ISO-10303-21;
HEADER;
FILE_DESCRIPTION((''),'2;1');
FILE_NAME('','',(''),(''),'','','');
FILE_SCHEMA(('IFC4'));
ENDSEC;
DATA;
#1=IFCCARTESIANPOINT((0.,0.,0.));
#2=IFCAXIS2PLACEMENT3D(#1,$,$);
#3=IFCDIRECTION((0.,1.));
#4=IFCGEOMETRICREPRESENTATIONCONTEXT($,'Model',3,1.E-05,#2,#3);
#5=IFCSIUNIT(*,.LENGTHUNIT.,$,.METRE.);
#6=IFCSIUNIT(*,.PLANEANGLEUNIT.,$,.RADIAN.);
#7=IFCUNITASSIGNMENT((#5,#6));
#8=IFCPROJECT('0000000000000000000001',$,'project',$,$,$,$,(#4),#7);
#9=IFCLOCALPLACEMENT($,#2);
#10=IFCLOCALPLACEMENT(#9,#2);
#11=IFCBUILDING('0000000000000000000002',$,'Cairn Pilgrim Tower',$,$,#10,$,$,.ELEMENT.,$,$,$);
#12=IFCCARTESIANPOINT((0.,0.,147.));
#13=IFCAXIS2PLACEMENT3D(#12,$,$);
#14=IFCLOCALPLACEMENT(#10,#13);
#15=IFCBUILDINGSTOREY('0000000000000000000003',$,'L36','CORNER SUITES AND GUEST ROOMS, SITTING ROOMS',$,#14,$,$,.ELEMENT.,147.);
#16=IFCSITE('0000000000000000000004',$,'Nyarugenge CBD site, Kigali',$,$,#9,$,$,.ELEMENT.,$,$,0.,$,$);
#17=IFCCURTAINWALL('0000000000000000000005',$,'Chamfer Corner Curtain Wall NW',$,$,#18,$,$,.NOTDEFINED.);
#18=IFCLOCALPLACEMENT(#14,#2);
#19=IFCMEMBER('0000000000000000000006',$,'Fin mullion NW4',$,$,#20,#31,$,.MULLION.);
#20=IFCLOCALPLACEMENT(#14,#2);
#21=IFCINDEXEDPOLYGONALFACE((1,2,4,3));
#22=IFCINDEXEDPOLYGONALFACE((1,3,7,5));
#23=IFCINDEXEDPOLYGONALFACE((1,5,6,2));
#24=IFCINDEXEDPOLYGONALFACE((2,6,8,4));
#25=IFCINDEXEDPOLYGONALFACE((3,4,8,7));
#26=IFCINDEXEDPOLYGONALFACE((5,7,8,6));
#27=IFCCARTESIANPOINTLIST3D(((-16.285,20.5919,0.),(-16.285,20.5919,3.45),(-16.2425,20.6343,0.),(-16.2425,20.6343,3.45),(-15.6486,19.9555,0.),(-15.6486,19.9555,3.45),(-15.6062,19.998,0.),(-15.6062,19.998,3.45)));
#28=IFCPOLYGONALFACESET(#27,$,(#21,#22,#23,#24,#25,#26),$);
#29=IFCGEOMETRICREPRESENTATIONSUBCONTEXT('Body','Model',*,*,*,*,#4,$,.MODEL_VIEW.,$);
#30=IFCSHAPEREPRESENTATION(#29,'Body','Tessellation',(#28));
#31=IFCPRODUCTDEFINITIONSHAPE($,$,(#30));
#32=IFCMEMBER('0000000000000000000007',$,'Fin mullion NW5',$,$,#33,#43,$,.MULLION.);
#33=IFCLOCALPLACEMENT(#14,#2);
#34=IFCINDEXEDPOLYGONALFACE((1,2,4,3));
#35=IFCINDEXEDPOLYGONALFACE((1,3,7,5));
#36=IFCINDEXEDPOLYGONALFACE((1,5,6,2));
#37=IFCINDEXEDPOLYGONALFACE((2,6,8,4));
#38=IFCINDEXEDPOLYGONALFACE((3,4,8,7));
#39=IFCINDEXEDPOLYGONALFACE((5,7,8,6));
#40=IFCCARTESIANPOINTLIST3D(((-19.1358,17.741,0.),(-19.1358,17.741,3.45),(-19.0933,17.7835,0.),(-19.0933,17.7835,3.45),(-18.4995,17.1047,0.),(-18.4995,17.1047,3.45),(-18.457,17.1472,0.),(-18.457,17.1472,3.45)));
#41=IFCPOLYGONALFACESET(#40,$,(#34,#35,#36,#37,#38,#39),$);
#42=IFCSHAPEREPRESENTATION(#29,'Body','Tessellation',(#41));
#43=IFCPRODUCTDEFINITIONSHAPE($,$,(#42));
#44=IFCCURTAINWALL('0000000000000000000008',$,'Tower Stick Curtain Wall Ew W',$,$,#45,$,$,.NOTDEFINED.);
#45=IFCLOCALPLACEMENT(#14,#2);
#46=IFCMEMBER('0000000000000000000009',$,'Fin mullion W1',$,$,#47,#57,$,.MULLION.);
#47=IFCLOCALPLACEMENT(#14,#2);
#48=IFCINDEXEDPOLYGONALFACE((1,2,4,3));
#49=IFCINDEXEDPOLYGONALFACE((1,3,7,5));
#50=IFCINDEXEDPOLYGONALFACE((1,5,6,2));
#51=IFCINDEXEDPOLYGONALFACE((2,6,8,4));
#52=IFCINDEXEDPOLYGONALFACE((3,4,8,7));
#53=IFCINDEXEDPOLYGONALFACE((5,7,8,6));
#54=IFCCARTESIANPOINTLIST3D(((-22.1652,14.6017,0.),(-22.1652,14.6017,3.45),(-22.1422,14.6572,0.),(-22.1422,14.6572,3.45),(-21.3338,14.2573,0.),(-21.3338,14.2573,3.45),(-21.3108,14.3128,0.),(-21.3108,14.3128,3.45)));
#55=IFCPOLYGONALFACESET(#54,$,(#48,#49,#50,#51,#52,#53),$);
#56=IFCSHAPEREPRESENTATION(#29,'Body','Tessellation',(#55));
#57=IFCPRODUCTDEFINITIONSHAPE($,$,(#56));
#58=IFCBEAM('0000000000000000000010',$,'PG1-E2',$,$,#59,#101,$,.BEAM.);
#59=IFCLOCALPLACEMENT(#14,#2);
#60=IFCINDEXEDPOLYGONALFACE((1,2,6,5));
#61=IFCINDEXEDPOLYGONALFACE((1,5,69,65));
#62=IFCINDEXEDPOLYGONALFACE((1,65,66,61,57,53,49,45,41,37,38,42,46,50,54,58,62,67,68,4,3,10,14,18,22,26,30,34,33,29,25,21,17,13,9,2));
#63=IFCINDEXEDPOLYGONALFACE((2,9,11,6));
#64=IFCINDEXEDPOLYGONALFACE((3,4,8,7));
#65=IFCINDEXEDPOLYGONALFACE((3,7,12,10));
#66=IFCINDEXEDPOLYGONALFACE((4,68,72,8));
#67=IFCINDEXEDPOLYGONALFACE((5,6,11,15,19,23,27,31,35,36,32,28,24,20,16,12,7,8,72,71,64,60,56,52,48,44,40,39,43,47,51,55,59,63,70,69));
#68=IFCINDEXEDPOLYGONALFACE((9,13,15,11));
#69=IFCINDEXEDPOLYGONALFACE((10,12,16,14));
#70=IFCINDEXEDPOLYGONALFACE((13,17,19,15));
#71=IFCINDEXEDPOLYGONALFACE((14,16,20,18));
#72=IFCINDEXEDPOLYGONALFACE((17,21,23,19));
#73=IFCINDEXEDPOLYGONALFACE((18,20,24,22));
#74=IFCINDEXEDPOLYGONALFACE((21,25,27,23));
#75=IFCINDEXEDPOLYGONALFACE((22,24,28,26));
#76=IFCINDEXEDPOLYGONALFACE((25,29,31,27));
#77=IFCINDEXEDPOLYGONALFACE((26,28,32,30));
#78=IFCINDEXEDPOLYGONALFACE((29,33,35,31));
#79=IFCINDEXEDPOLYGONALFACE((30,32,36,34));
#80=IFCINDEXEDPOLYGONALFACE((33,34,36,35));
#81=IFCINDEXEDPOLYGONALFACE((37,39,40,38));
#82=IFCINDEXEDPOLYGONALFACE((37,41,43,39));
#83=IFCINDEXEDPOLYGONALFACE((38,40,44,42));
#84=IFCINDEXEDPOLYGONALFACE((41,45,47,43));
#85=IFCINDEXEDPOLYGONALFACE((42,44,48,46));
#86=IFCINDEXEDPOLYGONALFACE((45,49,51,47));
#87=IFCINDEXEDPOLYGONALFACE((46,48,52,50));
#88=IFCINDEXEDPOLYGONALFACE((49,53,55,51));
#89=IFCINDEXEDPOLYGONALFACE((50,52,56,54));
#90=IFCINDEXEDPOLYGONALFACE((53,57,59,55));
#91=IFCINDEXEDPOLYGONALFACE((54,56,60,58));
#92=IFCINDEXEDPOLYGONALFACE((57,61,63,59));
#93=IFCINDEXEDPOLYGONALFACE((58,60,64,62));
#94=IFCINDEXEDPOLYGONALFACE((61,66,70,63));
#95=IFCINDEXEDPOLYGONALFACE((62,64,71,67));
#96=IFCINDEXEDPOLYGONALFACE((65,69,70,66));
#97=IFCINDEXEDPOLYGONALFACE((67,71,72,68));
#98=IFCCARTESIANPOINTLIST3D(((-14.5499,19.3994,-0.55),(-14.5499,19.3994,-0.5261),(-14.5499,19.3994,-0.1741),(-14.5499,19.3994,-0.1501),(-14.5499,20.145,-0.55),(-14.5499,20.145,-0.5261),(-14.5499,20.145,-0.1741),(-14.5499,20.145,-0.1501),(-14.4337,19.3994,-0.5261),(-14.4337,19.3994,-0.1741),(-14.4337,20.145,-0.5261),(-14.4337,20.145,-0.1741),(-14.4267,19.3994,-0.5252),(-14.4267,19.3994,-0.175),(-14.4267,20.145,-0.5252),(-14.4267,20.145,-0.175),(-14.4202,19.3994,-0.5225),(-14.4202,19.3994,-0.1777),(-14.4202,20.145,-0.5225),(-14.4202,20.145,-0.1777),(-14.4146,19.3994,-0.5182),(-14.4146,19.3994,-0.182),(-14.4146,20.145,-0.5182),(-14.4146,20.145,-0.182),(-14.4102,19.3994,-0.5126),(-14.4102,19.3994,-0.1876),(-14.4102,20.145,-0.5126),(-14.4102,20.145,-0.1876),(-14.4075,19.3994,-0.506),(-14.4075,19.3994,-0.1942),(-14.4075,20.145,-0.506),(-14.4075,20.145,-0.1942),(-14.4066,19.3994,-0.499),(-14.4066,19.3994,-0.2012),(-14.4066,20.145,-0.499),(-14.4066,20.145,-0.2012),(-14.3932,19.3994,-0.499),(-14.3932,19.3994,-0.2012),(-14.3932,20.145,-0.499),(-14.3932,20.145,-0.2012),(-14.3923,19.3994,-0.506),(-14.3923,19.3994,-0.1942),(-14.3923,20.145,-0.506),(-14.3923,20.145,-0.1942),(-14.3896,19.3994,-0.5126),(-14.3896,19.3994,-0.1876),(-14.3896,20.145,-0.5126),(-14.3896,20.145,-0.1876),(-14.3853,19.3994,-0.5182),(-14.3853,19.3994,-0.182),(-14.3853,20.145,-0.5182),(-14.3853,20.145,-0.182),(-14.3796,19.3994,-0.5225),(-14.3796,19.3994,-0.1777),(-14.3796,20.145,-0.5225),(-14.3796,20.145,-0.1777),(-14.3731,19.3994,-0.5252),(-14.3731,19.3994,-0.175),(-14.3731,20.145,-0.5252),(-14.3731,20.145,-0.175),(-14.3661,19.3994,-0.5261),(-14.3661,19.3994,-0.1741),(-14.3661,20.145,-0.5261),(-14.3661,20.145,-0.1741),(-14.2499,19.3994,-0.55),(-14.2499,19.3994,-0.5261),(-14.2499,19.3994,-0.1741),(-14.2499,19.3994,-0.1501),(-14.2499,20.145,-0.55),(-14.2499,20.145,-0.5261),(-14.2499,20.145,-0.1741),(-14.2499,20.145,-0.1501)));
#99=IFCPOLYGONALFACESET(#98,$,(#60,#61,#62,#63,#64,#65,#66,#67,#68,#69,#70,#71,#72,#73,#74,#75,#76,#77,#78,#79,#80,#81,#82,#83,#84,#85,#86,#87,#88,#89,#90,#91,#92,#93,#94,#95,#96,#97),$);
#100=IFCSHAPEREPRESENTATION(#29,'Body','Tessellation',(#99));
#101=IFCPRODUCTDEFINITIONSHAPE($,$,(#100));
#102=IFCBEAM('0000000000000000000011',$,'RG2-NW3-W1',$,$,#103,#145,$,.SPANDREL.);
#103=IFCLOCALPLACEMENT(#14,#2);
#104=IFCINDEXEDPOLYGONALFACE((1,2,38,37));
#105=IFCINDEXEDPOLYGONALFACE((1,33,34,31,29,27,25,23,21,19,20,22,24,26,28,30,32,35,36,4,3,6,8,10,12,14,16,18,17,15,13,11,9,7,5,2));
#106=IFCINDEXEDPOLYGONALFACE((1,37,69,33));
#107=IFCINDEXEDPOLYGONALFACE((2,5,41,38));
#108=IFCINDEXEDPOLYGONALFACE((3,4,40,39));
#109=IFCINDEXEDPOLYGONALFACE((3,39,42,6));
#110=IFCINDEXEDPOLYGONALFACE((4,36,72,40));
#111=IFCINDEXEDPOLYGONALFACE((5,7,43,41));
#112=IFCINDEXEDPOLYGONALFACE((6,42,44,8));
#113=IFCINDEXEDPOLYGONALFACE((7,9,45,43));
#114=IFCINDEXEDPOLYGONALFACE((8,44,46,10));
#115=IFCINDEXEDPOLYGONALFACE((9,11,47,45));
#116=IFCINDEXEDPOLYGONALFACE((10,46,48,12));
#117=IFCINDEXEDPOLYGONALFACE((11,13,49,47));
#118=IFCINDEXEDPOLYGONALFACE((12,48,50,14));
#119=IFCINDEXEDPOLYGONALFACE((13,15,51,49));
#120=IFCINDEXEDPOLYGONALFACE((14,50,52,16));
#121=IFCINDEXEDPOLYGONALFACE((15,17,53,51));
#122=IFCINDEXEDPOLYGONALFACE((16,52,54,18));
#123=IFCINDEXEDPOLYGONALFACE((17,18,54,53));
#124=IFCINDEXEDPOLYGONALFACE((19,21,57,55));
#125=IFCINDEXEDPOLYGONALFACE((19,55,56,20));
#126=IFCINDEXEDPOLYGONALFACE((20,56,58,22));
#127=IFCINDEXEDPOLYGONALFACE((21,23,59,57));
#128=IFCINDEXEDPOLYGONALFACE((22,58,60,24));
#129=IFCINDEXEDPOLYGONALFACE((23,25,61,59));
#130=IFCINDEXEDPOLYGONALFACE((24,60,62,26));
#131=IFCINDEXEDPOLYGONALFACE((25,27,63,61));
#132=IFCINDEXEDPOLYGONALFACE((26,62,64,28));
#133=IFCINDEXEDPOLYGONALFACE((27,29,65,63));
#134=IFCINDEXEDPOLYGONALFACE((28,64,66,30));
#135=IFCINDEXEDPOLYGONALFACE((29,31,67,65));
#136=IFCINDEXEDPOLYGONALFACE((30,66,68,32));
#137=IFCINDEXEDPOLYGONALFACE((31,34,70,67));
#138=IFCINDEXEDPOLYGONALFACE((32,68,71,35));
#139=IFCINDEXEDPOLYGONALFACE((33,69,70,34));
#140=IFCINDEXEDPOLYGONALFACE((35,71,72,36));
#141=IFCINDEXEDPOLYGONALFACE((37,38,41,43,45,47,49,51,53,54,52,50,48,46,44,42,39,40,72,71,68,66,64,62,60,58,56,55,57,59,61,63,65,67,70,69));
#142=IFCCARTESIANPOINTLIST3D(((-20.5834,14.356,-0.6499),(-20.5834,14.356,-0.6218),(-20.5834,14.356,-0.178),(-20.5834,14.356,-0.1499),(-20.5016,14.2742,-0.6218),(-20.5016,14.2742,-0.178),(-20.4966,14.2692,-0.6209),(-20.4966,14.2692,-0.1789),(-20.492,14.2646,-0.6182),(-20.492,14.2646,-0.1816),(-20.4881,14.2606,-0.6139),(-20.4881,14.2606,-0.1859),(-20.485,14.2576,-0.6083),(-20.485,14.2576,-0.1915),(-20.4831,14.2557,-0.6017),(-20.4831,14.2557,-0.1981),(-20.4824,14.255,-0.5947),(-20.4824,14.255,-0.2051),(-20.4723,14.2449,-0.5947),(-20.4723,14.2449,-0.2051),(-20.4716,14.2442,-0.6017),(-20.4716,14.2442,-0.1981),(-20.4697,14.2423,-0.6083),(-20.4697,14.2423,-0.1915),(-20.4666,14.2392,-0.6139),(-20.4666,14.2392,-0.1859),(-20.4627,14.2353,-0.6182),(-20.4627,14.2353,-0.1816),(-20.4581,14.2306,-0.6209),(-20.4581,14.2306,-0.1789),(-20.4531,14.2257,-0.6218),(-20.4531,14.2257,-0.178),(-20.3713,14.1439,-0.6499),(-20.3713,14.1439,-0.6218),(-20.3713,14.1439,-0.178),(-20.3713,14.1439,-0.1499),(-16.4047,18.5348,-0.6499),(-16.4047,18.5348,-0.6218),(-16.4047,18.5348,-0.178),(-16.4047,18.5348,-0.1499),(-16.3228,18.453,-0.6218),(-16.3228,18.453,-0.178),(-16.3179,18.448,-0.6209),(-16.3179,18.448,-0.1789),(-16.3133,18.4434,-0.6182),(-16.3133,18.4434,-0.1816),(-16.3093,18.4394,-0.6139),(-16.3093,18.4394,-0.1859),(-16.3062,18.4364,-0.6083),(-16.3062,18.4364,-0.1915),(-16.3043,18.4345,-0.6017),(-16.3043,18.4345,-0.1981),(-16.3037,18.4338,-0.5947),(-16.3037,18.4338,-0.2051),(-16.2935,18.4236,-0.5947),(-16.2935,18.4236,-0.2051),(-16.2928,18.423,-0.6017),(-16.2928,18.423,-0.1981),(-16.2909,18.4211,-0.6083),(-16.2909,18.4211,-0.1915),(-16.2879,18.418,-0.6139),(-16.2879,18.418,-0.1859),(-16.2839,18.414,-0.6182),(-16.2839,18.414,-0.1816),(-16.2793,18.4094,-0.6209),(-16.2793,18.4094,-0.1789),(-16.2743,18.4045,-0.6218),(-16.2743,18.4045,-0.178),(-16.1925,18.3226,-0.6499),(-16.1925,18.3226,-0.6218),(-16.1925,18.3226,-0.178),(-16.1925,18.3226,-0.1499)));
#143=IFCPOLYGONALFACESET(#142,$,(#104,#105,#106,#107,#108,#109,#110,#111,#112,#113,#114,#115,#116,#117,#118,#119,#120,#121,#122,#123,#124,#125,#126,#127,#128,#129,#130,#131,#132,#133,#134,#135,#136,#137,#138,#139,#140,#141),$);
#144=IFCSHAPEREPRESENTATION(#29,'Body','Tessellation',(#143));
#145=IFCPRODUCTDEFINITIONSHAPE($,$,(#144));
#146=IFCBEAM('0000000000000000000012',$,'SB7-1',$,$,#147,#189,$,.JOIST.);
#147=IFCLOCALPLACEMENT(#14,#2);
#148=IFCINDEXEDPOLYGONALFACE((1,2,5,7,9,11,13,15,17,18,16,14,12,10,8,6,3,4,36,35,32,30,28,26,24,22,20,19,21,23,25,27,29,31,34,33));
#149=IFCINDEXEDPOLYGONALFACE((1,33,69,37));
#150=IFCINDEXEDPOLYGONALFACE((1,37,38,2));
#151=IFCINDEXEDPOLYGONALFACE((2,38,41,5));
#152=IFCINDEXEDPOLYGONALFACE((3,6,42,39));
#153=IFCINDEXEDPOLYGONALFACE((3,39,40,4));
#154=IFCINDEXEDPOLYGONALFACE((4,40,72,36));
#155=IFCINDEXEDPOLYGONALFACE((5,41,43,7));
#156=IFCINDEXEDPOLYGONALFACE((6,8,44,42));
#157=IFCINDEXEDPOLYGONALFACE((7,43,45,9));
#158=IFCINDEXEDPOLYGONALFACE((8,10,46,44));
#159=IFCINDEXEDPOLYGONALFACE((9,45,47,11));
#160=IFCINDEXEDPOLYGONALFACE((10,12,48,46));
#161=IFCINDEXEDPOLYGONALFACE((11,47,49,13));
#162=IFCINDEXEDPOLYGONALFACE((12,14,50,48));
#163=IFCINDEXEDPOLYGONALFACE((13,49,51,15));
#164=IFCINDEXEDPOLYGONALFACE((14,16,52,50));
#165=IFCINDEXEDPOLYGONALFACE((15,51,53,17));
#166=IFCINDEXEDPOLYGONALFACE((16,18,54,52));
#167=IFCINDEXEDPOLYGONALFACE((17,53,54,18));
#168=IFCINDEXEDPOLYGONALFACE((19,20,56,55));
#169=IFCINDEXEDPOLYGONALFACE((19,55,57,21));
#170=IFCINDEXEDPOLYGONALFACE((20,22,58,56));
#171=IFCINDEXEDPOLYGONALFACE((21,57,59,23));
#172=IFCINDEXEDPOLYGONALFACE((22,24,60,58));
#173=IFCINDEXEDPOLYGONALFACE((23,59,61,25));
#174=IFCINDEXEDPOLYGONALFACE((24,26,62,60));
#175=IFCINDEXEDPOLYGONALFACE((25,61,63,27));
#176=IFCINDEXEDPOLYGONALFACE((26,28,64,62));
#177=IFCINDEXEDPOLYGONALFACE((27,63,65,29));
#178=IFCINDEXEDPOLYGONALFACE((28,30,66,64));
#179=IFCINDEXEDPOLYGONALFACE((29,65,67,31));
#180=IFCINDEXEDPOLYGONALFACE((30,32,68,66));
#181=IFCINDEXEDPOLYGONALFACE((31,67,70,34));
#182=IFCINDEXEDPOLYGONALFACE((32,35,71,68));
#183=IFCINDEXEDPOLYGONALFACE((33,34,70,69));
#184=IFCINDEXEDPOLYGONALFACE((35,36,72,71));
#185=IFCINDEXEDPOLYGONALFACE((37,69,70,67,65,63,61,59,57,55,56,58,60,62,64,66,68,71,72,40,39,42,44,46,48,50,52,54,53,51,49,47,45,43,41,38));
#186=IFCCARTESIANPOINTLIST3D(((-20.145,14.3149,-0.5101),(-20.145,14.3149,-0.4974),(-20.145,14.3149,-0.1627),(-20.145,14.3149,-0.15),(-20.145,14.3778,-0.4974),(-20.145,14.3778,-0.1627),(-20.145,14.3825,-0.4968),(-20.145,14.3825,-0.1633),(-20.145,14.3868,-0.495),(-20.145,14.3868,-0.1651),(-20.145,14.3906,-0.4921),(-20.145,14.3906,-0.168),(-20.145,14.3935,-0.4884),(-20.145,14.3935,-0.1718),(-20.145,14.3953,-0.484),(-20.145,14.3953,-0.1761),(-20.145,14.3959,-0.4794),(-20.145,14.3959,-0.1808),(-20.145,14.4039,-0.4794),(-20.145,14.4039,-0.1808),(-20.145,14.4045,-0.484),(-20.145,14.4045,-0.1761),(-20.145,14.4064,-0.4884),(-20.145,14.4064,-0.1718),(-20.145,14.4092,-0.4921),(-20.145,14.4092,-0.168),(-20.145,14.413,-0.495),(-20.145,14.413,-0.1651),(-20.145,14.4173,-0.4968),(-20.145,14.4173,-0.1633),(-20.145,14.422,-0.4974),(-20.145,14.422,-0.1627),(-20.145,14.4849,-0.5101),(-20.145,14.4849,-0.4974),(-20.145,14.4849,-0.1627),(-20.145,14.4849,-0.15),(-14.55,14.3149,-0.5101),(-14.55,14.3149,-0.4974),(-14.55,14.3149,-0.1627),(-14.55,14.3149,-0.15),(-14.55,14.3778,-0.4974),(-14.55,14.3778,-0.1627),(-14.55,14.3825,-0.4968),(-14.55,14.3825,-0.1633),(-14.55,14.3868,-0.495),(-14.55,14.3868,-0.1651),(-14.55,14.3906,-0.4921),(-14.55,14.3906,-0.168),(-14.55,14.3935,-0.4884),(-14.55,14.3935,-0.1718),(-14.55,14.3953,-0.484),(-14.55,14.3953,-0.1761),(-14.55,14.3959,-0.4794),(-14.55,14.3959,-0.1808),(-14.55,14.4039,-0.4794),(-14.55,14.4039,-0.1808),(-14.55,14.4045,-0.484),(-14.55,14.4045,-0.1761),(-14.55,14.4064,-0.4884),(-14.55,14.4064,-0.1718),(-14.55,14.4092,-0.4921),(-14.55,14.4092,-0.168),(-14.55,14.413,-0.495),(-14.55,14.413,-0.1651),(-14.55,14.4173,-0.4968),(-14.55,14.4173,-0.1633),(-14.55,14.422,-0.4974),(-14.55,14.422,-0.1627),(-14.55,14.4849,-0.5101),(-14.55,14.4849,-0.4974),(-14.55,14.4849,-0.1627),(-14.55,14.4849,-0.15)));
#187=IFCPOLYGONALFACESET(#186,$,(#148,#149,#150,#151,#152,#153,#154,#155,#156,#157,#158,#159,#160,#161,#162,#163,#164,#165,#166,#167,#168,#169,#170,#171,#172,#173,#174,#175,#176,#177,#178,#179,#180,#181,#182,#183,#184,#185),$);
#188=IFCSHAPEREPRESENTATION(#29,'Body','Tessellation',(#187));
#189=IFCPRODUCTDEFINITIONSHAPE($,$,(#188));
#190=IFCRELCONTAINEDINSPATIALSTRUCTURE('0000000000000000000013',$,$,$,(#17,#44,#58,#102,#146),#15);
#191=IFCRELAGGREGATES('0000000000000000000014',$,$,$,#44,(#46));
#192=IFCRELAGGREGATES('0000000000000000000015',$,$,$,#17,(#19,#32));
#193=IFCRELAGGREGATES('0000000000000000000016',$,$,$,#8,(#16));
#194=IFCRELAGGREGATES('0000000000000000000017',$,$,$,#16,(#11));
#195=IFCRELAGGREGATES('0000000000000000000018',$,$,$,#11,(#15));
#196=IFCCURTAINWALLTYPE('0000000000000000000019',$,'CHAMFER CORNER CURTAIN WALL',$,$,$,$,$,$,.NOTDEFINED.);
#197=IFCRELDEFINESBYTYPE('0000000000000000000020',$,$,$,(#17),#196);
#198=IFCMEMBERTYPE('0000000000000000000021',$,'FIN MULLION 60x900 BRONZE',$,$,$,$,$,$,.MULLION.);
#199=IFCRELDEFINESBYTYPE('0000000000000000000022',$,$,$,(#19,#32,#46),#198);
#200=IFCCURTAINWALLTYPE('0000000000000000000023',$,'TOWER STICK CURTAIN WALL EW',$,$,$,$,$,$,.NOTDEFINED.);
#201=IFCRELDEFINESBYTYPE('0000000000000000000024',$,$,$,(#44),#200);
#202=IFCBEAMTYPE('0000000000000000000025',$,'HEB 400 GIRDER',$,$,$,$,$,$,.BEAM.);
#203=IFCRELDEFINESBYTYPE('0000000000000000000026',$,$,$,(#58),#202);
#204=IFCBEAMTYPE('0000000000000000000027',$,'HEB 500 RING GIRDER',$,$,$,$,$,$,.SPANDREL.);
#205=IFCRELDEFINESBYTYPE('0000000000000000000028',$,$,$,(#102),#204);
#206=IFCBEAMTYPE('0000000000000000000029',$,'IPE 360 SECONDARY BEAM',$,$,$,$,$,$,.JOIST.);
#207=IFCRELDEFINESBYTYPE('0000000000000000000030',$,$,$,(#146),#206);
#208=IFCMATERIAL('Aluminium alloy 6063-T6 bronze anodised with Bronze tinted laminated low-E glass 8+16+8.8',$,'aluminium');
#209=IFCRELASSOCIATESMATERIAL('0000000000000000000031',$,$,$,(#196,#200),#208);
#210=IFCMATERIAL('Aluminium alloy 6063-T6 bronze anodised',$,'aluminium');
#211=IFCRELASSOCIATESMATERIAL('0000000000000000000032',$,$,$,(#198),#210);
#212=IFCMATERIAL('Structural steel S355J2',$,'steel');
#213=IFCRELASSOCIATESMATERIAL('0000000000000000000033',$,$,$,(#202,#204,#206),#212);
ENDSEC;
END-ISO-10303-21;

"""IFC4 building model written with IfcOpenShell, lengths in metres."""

from ifc_helpers import new_model, si_unit, direction, frame, origin, origin_2d, place, context, subcontext, project, spatial, rectangle, i_section, extrude, material, material_profile, profile_set, type_object, element, aggregate, save


model = new_model("IFC4")

# Units and contexts
model_context = context("Model", 3, precision=1e-05, world=origin(), true_north=direction((0.0, 1.0)))
body_context = subcontext(model_context, "Body", "Model", "MODEL_VIEW")
ifc_project = project(units=[si_unit("LENGTHUNIT", "METRE"), si_unit("PLANEANGLEUNIT", "RADIAN")], contexts=[model_context])

# Site, building, storey
site_placement = place(None, origin())
site = spatial("IfcSite", under=ifc_project, at=site_placement, Name="Nyarugenge CBD site, Kigali", CompositionType="ELEMENT", RefElevation=0.0)
building_placement = place(site_placement, origin())
building = spatial("IfcBuilding", under=site, at=building_placement, Name="Cairn Pilgrim Tower", CompositionType="ELEMENT")
storey_placement = place(building_placement, frame((0.0, 0.0, 147.0)))
storey = spatial("IfcBuildingStorey", under=building, at=storey_placement, Name="L36", Description="CORNER SUITES AND GUEST ROOMS, SITTING ROOMS", CompositionType="ELEMENT", Elevation=147.0)

# Shared definitions
ifc_material_1 = material(Name="Structural steel S355J2", Category="steel")

# Curtain wall, members
ifc_material_2 = material(Name="Aluminium alloy 6063-T6 bronze anodised with Bronze tinted laminated low-E glass 8+16+8.8", Category="aluminium")
curtain_wall_type_1 = type_object("IfcCurtainWallType", Name="CHAMFER CORNER CURTAIN WALL", PredefinedType="NOTDEFINED", material=ifc_material_2)
curtain_wall_1_placement = place(storey_placement, origin())
curtain_wall_1 = element("IfcCurtainWall", 1, at=curtain_wall_1_placement, inside=storey, type_object=curtain_wall_type_1, Name="Chamfer Corner Curtain Wall NW", PredefinedType="NOTDEFINED")
ifc_material_3 = material(Name="Aluminium alloy 6063-T6 bronze anodised", Category="aluminium")
ifc_material_profile_1 = material_profile(ifc_material_3, rectangle(XDim=0.8999, YDim=0.0601, at=origin_2d()), Name="FIN MULLION 60x900 BRONZE")
ifc_profile_set_1 = profile_set([ifc_material_profile_1], Name="Aluminium alloy 6063-T6 bronze anodised")
member_type_1 = type_object("IfcMemberType", Name="FIN MULLION 60x900 BRONZE", PredefinedType="MULLION", material=ifc_profile_set_1)
member_1_placement = place(storey_placement, frame((-15.9456, 20.2949, 0.0), z_axis=(0.0, 0.0, 1.0), x_axis=(-0.707107, 0.707107, 0.0)))
member_1 = element("IfcMember", 2, at=member_1_placement, type_object=member_type_1, Name="Fin mullion NW4", PredefinedType="MULLION", context=body_context, shape_type="SweptSolid", body=[
    extrude(rectangle(XDim=0.8999, YDim=0.0601, at=origin_2d()), origin(), (0.0, 0.0, 1.0), 3.45),
])
member_2_placement = place(storey_placement, frame((-18.7964, 17.4441, 0.0), z_axis=(0.0, 0.0, 1.0), x_axis=(-0.707107, 0.707107, 0.0)))
member_2 = element("IfcMember", 3, at=member_2_placement, type_object=member_type_1, Name="Fin mullion NW5", PredefinedType="MULLION", context=body_context, shape_type="SweptSolid", body=[
    extrude(rectangle(XDim=0.8999, YDim=0.0601, at=origin_2d()), origin(), (0.0, 0.0, 1.0), 3.45),
])

# Curtain wall, member
curtain_wall_type_2 = type_object("IfcCurtainWallType", Name="TOWER STICK CURTAIN WALL EW", PredefinedType="NOTDEFINED", material=ifc_material_2)
curtain_wall_2_placement = place(storey_placement, origin())
curtain_wall_2 = element("IfcCurtainWall", 4, at=curtain_wall_2_placement, inside=storey, type_object=curtain_wall_type_2, Name="Tower Stick Curtain Wall Ew W", PredefinedType="NOTDEFINED")
member_3_placement = place(storey_placement, frame((-21.738, 14.4573, 0.0), z_axis=(0.0, 0.0, 1.0), x_axis=(-0.92388, 0.382683, 0.0)))
member_3 = element("IfcMember", 5, at=member_3_placement, type_object=member_type_1, Name="Fin mullion W1", PredefinedType="MULLION", context=body_context, shape_type="SweptSolid", body=[
    extrude(rectangle(XDim=0.8999, YDim=0.0601, at=origin_2d()), origin(), (0.0, 0.0, 1.0), 3.45),
])
aggregate(curtain_wall_2, [member_3])

# Beams
ifc_material_profile_2 = material_profile(ifc_material_1, i_section(OverallWidth=0.3, OverallDepth=0.3999, WebThickness=0.0134, FlangeThickness=0.0239, FilletRadius=0.0271, at=origin_2d()), Name="HEB 400")
ifc_profile_set_2 = profile_set([ifc_material_profile_2], Name="Structural steel S355J2")
beam_type_1 = type_object("IfcBeamType", Name="HEB 400 GIRDER", PredefinedType="BEAM", material=ifc_profile_set_2)
beam_1_placement = place(storey_placement, frame((-14.3999, 19.3994, -0.3501), z_axis=(0.0, 1.0, 0.0), x_axis=(-1.0, 0.0, 0.0)))
element("IfcBeam", 6, at=beam_1_placement, inside=storey, type_object=beam_type_1, Name="PG1-E2", PredefinedType="BEAM", context=body_context, shape_type="SweptSolid", body=[
    extrude(i_section(OverallWidth=0.3, OverallDepth=0.3999, WebThickness=0.0134, FlangeThickness=0.0239, FilletRadius=0.0271, at=origin_2d()), origin(), (0.0, 0.0, 1.0), 0.7456),
])
ifc_material_profile_3 = material_profile(ifc_material_1, i_section(OverallWidth=0.3, OverallDepth=0.5, WebThickness=0.0144, FlangeThickness=0.0281, FilletRadius=0.0271, at=origin_2d()), Name="HEB 500")
ifc_profile_set_3 = profile_set([ifc_material_profile_3], Name="Structural steel S355J2")
beam_type_2 = type_object("IfcBeamType", Name="HEB 500 RING GIRDER", PredefinedType="SPANDREL", material=ifc_profile_set_3)
beam_2_placement = place(storey_placement, frame((-16.2986, 18.4287, -0.3999), z_axis=(-0.707107, -0.707107, 0.0), x_axis=(0.707107, -0.707107, 0.0)))
element("IfcBeam", 7, at=beam_2_placement, inside=storey, type_object=beam_type_2, Name="RG2-NW3-W1", PredefinedType="SPANDREL", context=body_context, shape_type="SweptSolid", body=[
    extrude(i_section(OverallWidth=0.3, OverallDepth=0.5, WebThickness=0.0144, FlangeThickness=0.0281, FilletRadius=0.0271, at=origin_2d()), origin(), (0.0, 0.0, 1.0), 5.9097),
])
ifc_material_profile_4 = material_profile(ifc_material_1, i_section(OverallWidth=0.1699, OverallDepth=0.3601, WebThickness=0.0081, FlangeThickness=0.0127, FilletRadius=0.0181, at=origin_2d()), Name="IPE 360")
ifc_profile_set_4 = profile_set([ifc_material_profile_4], Name="Structural steel S355J2")
beam_type_3 = type_object("IfcBeamType", Name="IPE 360 SECONDARY BEAM", PredefinedType="JOIST", material=ifc_profile_set_4)
beam_3_placement = place(storey_placement, frame((-20.145, 14.3999, -0.3301), z_axis=(1.0, 0.0, 0.0), x_axis=(0.0, 1.0, 0.0)))
element("IfcBeam", 8, at=beam_3_placement, inside=storey, type_object=beam_type_3, Name="SB7-1", PredefinedType="JOIST", context=body_context, shape_type="SweptSolid", body=[
    extrude(i_section(OverallWidth=0.1699, OverallDepth=0.3601, WebThickness=0.0081, FlangeThickness=0.0127, FilletRadius=0.0181, at=origin_2d()), origin(), (0.0, 0.0, 1.0), 5.595),
])

aggregate(curtain_wall_1, [member_1, member_2])

save(model, "model.ifc")
